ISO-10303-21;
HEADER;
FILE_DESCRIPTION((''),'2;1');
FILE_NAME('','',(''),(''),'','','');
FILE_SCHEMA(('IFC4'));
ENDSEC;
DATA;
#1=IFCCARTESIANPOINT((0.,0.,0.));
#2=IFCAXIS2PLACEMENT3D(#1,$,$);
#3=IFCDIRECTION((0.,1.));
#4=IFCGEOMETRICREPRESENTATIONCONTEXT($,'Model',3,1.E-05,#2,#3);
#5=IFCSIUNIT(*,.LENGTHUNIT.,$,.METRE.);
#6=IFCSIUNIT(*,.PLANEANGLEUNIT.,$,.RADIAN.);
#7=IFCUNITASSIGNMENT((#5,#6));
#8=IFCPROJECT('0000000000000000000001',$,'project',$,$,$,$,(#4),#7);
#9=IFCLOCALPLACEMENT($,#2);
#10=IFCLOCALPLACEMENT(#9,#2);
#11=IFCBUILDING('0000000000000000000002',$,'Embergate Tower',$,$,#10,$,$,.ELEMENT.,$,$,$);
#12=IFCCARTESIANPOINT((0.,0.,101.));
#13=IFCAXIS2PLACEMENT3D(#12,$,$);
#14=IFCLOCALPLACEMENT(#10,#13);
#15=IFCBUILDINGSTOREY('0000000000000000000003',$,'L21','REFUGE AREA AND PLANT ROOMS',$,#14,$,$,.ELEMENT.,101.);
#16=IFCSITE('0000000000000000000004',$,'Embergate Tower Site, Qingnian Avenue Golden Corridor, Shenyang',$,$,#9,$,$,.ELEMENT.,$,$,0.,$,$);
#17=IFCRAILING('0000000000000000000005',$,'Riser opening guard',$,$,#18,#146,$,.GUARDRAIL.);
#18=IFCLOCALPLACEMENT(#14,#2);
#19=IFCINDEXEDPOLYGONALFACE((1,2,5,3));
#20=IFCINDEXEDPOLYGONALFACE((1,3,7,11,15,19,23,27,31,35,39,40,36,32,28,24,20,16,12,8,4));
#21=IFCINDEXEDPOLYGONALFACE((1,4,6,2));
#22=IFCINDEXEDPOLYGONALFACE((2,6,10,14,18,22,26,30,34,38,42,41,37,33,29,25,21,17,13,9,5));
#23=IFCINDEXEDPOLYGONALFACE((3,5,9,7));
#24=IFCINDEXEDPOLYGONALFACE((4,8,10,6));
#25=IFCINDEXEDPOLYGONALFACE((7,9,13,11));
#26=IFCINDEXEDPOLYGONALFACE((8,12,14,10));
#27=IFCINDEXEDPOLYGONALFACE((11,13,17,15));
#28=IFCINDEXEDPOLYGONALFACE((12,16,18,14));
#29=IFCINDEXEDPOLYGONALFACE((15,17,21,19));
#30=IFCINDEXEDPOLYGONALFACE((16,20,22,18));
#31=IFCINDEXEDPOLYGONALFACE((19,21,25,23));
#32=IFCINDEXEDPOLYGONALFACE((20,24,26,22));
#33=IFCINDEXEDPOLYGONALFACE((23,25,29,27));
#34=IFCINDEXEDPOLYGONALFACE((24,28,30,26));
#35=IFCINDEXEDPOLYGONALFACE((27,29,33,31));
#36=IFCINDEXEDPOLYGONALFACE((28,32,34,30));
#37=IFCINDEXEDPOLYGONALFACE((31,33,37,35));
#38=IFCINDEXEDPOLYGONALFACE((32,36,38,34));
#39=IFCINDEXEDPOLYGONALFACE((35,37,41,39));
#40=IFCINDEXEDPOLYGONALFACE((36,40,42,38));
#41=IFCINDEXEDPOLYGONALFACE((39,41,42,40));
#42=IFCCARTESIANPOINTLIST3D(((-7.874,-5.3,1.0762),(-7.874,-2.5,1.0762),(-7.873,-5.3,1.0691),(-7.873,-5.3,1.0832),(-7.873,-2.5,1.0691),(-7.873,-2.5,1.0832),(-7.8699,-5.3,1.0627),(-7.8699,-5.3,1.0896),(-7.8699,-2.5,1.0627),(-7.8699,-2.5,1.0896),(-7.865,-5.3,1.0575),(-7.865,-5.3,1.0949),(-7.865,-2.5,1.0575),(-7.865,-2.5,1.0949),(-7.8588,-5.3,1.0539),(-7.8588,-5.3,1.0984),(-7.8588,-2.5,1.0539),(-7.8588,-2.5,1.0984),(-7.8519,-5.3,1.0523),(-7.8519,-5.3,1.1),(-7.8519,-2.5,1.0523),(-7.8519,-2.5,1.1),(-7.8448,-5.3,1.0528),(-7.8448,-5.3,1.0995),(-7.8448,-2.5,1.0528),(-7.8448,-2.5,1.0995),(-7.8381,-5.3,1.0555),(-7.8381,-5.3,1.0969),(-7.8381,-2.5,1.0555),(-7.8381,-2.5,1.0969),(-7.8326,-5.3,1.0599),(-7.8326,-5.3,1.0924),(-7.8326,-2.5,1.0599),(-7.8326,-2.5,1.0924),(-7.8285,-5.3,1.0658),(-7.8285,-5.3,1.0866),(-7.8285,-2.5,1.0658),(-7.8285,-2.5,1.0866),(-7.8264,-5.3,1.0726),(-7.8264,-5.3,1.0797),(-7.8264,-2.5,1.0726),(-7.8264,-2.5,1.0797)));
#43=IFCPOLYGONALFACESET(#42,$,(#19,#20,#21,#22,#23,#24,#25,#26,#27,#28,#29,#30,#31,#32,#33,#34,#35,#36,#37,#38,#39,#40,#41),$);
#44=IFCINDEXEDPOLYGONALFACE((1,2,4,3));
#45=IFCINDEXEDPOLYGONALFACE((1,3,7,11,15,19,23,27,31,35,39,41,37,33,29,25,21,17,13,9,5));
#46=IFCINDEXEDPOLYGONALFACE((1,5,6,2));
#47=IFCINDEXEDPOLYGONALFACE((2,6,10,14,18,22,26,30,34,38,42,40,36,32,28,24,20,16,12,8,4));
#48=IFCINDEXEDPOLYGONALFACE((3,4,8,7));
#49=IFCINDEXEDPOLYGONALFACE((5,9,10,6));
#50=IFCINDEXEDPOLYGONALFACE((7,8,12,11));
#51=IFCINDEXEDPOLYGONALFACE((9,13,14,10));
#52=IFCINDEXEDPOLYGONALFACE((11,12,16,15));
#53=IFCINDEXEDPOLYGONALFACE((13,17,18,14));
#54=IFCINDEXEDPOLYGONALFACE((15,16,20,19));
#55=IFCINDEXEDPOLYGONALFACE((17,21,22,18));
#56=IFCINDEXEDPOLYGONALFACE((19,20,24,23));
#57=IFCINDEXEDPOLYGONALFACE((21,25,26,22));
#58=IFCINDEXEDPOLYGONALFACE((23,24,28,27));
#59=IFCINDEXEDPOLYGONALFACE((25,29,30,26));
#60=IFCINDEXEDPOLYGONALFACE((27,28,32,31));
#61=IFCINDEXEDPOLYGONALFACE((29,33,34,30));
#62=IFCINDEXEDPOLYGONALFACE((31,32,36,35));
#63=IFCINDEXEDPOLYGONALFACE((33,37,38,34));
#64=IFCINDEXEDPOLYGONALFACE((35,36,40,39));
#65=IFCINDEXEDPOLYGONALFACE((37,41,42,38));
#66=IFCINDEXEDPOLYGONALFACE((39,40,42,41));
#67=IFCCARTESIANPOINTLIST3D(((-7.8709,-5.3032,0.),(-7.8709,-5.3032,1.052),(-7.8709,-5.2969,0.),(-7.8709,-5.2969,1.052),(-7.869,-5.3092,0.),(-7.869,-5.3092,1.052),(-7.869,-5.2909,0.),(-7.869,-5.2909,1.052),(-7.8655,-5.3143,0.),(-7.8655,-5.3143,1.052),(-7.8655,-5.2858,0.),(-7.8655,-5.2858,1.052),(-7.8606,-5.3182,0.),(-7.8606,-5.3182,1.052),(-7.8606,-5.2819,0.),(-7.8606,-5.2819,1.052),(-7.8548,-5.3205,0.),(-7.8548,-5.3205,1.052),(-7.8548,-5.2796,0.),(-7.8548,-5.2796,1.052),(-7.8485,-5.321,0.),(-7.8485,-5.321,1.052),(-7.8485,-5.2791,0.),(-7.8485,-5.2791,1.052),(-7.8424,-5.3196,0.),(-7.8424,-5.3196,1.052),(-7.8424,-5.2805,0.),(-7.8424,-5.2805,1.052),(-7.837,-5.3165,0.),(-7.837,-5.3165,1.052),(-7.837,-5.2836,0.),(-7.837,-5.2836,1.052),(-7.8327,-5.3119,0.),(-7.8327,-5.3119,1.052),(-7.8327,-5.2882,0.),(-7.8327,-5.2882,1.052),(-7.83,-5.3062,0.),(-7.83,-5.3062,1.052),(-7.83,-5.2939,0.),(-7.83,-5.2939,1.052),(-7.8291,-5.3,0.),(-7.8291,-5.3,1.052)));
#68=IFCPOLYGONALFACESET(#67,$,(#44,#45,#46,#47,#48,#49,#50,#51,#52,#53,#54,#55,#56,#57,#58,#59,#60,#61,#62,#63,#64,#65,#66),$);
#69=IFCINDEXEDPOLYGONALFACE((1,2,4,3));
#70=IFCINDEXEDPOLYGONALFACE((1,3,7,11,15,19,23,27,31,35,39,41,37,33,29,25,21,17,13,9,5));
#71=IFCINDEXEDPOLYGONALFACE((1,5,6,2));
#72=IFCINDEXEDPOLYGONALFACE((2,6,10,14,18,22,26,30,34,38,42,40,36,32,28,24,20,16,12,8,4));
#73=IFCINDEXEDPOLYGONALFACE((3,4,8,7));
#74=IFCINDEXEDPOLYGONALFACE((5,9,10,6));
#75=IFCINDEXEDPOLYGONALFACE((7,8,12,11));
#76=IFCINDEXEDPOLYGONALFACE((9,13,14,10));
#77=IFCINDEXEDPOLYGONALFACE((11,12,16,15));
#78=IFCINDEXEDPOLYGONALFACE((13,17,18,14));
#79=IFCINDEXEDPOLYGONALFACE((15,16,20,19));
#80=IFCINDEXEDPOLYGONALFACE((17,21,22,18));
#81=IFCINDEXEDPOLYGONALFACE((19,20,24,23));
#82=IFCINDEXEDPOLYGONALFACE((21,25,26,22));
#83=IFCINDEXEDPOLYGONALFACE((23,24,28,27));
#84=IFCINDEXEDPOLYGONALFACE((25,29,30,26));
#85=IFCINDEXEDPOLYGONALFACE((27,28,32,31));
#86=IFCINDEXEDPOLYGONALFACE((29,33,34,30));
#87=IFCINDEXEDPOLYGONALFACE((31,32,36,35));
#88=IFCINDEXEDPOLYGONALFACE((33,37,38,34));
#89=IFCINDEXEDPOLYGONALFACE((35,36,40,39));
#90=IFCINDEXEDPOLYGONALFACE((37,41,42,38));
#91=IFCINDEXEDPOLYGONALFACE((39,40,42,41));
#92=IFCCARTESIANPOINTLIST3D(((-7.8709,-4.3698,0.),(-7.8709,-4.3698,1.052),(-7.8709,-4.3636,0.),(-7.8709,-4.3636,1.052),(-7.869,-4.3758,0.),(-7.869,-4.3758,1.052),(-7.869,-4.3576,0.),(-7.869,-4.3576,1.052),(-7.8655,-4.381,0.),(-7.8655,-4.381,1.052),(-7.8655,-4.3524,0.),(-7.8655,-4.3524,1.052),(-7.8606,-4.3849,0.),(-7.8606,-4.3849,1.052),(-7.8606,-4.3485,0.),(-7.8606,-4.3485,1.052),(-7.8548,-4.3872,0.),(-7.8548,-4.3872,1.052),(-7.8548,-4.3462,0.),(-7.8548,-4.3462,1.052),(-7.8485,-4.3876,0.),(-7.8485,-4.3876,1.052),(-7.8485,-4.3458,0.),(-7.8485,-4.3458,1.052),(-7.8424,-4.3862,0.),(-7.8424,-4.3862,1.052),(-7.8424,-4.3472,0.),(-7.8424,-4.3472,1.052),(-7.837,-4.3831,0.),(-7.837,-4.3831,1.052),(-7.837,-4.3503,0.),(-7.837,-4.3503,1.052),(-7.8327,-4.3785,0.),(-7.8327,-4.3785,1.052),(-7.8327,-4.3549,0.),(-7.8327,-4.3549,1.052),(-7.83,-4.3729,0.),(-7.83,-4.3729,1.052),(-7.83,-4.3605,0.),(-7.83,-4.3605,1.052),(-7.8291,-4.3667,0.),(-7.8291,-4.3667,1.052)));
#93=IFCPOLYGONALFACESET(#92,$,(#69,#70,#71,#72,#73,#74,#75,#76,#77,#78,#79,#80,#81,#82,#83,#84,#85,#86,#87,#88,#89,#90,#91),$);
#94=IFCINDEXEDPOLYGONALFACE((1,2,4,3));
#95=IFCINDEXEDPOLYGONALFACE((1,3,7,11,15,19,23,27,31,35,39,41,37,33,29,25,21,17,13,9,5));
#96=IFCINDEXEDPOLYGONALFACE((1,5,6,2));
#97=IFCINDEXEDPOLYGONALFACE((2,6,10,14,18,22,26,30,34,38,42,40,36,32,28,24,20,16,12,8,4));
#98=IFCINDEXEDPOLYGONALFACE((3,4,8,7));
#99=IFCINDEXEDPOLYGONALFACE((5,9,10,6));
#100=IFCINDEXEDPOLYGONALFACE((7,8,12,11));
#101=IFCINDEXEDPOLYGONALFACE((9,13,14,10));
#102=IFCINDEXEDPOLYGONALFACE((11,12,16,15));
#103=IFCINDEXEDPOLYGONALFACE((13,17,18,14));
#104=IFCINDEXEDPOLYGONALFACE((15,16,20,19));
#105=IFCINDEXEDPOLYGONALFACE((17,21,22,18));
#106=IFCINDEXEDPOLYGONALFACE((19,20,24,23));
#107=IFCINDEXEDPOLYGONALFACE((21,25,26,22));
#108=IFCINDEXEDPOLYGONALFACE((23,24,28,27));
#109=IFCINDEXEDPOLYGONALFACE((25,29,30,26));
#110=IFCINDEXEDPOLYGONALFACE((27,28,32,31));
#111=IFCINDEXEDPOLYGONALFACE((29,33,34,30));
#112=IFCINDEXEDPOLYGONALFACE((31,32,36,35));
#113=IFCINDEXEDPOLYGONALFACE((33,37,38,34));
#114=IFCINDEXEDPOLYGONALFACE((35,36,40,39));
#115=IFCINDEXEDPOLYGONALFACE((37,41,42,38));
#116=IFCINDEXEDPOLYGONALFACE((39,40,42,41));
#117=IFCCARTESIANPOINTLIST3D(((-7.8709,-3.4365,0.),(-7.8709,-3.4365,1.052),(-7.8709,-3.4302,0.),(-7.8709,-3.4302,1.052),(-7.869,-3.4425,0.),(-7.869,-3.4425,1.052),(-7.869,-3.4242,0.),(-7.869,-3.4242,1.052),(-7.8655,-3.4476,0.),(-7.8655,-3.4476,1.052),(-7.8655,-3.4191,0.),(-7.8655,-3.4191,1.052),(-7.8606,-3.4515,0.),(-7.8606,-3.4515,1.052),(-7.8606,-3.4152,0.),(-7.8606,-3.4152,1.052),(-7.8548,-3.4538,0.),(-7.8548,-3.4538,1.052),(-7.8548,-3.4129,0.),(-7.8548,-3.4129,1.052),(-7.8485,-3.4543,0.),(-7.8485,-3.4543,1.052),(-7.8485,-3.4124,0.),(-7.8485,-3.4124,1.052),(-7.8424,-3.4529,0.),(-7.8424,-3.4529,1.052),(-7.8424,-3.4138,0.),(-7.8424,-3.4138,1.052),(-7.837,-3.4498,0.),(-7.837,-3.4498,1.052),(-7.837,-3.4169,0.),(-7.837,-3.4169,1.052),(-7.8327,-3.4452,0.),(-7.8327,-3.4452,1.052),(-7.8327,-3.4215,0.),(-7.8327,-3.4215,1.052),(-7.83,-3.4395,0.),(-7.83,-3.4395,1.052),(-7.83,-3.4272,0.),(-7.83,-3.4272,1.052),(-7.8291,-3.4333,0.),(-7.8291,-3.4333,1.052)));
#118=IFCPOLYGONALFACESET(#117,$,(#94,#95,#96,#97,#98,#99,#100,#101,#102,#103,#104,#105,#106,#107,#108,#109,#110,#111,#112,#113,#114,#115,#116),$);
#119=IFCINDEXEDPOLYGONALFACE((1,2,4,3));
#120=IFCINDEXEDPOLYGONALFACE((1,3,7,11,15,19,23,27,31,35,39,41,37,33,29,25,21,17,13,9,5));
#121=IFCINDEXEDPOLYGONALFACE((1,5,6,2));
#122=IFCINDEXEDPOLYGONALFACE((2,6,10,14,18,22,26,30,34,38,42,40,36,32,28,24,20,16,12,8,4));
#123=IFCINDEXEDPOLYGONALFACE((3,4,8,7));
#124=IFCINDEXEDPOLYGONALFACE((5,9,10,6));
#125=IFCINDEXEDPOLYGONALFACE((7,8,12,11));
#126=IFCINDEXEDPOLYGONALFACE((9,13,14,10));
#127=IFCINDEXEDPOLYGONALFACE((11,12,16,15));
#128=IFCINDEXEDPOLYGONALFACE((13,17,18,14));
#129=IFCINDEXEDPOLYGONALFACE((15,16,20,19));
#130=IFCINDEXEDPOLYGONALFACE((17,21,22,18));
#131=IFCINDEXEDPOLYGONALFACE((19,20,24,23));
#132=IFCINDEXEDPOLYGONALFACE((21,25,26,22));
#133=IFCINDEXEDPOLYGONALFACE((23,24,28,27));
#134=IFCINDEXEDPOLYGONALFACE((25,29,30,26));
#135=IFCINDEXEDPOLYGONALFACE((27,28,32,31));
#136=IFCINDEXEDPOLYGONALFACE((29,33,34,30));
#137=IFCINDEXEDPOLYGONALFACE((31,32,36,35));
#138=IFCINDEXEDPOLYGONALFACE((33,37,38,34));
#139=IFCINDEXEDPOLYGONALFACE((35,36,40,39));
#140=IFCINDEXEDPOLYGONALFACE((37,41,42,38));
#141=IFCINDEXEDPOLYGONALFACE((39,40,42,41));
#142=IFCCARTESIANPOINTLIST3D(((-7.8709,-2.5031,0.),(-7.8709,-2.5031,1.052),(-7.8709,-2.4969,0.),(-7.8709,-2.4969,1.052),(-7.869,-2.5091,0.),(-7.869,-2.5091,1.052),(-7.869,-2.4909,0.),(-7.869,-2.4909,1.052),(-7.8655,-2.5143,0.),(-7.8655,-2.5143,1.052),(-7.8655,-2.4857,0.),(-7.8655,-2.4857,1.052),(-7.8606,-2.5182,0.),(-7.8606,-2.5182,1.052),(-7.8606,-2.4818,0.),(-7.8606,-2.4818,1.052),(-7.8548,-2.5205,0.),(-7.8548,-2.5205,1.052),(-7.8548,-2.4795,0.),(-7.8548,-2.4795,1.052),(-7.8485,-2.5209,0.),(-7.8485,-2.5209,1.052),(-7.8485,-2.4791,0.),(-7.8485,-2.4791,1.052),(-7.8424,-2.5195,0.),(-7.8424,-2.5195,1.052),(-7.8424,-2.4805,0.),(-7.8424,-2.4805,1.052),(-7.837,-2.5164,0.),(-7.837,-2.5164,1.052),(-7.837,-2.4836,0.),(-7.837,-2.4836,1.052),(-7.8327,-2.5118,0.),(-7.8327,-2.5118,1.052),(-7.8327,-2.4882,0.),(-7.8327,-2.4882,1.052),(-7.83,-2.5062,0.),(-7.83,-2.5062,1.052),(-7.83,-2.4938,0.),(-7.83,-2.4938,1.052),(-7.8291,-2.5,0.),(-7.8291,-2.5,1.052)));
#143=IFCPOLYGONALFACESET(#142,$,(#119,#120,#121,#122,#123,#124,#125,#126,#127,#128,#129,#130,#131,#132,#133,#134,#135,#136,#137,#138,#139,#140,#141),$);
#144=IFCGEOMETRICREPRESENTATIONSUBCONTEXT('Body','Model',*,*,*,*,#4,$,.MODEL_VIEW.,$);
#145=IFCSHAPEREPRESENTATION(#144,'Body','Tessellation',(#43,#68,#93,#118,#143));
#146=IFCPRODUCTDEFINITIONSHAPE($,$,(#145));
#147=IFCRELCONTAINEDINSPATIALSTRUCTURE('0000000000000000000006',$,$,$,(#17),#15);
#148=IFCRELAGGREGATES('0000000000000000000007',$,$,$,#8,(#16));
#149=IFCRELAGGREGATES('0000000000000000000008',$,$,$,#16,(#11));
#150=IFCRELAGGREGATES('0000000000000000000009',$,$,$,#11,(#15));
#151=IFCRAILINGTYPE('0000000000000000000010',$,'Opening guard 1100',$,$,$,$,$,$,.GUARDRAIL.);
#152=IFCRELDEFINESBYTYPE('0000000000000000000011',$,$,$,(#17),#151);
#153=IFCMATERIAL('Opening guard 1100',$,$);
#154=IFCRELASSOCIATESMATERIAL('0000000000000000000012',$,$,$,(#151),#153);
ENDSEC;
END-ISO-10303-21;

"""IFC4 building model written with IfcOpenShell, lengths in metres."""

from ifc_helpers import new_model, si_unit, direction, frame, origin, origin_2d, place, context, subcontext, project, spatial, circle, extrude, source, transform, mapped, material, type_object, element, save


model = new_model("IFC4")

# Units and contexts
model_context = context("Model", 3, precision=1e-05, world=origin(), true_north=direction((0.0, 1.0)))
body_context = subcontext(model_context, "Body", "Model", "MODEL_VIEW")
ifc_project = project(units=[si_unit("LENGTHUNIT", "METRE"), si_unit("PLANEANGLEUNIT", "RADIAN")], contexts=[model_context])

# Site, building, storey
site_placement = place(None, origin())
site = spatial("IfcSite", under=ifc_project, at=site_placement, Name="Embergate Tower Site, Qingnian Avenue Golden Corridor, Shenyang", CompositionType="ELEMENT", RefElevation=0.0)
building_placement = place(site_placement, origin())
building = spatial("IfcBuilding", under=site, at=building_placement, Name="Embergate Tower", CompositionType="ELEMENT")
storey_placement = place(building_placement, frame((0.0, 0.0, 101.0)))
storey = spatial("IfcBuildingStorey", under=building, at=storey_placement, Name="L21", Description="REFUGE AREA AND PLANT ROOMS", CompositionType="ELEMENT", Elevation=101.0)

# Railing
ifc_material_1 = material(Name="Opening guard 1100")
railing_type_1 = type_object("IfcRailingType", Name="Opening guard 1100", PredefinedType="GUARDRAIL", material=ifc_material_1)
shared_shape_1 = source(origin(), body_context, "Body", "SweptSolid", [
    extrude(circle(Radius=0.0239, at=origin_2d()), frame((0.0, 0.0, 1.0762), z_axis=(0.0, 1.0, 0.0), x_axis=(-1.0, 0.0, 0.0)), (0.0, 0.0, 1.0), 2.8),
    extrude(circle(Radius=0.021, at=origin_2d()), origin(), (0.0, 0.0, 1.0), 1.052),
    extrude(circle(Radius=0.021, at=origin_2d()), frame((0.0, 0.9333, 0.0)), (0.0, 0.0, 1.0), 1.052),
    extrude(circle(Radius=0.021, at=origin_2d()), frame((0.0, 1.8667, 0.0)), (0.0, 0.0, 1.0), 1.052),
    extrude(circle(Radius=0.021, at=origin_2d()), frame((0.0, 2.8, 0.0)), (0.0, 0.0, 1.0), 1.052),
])
railing_1_placement = place(storey_placement, frame((-7.8501, -5.3, 0.0)))
element("IfcRailing", 1, at=railing_1_placement, inside=storey, type_object=railing_type_1, Name="Riser opening guard", PredefinedType="GUARDRAIL", context=body_context, shape_type="MappedRepresentation", body=[
    mapped(shared_shape_1, transform((0.0, 0.0, 0.0))),
])

save(model, "model.ifc")
